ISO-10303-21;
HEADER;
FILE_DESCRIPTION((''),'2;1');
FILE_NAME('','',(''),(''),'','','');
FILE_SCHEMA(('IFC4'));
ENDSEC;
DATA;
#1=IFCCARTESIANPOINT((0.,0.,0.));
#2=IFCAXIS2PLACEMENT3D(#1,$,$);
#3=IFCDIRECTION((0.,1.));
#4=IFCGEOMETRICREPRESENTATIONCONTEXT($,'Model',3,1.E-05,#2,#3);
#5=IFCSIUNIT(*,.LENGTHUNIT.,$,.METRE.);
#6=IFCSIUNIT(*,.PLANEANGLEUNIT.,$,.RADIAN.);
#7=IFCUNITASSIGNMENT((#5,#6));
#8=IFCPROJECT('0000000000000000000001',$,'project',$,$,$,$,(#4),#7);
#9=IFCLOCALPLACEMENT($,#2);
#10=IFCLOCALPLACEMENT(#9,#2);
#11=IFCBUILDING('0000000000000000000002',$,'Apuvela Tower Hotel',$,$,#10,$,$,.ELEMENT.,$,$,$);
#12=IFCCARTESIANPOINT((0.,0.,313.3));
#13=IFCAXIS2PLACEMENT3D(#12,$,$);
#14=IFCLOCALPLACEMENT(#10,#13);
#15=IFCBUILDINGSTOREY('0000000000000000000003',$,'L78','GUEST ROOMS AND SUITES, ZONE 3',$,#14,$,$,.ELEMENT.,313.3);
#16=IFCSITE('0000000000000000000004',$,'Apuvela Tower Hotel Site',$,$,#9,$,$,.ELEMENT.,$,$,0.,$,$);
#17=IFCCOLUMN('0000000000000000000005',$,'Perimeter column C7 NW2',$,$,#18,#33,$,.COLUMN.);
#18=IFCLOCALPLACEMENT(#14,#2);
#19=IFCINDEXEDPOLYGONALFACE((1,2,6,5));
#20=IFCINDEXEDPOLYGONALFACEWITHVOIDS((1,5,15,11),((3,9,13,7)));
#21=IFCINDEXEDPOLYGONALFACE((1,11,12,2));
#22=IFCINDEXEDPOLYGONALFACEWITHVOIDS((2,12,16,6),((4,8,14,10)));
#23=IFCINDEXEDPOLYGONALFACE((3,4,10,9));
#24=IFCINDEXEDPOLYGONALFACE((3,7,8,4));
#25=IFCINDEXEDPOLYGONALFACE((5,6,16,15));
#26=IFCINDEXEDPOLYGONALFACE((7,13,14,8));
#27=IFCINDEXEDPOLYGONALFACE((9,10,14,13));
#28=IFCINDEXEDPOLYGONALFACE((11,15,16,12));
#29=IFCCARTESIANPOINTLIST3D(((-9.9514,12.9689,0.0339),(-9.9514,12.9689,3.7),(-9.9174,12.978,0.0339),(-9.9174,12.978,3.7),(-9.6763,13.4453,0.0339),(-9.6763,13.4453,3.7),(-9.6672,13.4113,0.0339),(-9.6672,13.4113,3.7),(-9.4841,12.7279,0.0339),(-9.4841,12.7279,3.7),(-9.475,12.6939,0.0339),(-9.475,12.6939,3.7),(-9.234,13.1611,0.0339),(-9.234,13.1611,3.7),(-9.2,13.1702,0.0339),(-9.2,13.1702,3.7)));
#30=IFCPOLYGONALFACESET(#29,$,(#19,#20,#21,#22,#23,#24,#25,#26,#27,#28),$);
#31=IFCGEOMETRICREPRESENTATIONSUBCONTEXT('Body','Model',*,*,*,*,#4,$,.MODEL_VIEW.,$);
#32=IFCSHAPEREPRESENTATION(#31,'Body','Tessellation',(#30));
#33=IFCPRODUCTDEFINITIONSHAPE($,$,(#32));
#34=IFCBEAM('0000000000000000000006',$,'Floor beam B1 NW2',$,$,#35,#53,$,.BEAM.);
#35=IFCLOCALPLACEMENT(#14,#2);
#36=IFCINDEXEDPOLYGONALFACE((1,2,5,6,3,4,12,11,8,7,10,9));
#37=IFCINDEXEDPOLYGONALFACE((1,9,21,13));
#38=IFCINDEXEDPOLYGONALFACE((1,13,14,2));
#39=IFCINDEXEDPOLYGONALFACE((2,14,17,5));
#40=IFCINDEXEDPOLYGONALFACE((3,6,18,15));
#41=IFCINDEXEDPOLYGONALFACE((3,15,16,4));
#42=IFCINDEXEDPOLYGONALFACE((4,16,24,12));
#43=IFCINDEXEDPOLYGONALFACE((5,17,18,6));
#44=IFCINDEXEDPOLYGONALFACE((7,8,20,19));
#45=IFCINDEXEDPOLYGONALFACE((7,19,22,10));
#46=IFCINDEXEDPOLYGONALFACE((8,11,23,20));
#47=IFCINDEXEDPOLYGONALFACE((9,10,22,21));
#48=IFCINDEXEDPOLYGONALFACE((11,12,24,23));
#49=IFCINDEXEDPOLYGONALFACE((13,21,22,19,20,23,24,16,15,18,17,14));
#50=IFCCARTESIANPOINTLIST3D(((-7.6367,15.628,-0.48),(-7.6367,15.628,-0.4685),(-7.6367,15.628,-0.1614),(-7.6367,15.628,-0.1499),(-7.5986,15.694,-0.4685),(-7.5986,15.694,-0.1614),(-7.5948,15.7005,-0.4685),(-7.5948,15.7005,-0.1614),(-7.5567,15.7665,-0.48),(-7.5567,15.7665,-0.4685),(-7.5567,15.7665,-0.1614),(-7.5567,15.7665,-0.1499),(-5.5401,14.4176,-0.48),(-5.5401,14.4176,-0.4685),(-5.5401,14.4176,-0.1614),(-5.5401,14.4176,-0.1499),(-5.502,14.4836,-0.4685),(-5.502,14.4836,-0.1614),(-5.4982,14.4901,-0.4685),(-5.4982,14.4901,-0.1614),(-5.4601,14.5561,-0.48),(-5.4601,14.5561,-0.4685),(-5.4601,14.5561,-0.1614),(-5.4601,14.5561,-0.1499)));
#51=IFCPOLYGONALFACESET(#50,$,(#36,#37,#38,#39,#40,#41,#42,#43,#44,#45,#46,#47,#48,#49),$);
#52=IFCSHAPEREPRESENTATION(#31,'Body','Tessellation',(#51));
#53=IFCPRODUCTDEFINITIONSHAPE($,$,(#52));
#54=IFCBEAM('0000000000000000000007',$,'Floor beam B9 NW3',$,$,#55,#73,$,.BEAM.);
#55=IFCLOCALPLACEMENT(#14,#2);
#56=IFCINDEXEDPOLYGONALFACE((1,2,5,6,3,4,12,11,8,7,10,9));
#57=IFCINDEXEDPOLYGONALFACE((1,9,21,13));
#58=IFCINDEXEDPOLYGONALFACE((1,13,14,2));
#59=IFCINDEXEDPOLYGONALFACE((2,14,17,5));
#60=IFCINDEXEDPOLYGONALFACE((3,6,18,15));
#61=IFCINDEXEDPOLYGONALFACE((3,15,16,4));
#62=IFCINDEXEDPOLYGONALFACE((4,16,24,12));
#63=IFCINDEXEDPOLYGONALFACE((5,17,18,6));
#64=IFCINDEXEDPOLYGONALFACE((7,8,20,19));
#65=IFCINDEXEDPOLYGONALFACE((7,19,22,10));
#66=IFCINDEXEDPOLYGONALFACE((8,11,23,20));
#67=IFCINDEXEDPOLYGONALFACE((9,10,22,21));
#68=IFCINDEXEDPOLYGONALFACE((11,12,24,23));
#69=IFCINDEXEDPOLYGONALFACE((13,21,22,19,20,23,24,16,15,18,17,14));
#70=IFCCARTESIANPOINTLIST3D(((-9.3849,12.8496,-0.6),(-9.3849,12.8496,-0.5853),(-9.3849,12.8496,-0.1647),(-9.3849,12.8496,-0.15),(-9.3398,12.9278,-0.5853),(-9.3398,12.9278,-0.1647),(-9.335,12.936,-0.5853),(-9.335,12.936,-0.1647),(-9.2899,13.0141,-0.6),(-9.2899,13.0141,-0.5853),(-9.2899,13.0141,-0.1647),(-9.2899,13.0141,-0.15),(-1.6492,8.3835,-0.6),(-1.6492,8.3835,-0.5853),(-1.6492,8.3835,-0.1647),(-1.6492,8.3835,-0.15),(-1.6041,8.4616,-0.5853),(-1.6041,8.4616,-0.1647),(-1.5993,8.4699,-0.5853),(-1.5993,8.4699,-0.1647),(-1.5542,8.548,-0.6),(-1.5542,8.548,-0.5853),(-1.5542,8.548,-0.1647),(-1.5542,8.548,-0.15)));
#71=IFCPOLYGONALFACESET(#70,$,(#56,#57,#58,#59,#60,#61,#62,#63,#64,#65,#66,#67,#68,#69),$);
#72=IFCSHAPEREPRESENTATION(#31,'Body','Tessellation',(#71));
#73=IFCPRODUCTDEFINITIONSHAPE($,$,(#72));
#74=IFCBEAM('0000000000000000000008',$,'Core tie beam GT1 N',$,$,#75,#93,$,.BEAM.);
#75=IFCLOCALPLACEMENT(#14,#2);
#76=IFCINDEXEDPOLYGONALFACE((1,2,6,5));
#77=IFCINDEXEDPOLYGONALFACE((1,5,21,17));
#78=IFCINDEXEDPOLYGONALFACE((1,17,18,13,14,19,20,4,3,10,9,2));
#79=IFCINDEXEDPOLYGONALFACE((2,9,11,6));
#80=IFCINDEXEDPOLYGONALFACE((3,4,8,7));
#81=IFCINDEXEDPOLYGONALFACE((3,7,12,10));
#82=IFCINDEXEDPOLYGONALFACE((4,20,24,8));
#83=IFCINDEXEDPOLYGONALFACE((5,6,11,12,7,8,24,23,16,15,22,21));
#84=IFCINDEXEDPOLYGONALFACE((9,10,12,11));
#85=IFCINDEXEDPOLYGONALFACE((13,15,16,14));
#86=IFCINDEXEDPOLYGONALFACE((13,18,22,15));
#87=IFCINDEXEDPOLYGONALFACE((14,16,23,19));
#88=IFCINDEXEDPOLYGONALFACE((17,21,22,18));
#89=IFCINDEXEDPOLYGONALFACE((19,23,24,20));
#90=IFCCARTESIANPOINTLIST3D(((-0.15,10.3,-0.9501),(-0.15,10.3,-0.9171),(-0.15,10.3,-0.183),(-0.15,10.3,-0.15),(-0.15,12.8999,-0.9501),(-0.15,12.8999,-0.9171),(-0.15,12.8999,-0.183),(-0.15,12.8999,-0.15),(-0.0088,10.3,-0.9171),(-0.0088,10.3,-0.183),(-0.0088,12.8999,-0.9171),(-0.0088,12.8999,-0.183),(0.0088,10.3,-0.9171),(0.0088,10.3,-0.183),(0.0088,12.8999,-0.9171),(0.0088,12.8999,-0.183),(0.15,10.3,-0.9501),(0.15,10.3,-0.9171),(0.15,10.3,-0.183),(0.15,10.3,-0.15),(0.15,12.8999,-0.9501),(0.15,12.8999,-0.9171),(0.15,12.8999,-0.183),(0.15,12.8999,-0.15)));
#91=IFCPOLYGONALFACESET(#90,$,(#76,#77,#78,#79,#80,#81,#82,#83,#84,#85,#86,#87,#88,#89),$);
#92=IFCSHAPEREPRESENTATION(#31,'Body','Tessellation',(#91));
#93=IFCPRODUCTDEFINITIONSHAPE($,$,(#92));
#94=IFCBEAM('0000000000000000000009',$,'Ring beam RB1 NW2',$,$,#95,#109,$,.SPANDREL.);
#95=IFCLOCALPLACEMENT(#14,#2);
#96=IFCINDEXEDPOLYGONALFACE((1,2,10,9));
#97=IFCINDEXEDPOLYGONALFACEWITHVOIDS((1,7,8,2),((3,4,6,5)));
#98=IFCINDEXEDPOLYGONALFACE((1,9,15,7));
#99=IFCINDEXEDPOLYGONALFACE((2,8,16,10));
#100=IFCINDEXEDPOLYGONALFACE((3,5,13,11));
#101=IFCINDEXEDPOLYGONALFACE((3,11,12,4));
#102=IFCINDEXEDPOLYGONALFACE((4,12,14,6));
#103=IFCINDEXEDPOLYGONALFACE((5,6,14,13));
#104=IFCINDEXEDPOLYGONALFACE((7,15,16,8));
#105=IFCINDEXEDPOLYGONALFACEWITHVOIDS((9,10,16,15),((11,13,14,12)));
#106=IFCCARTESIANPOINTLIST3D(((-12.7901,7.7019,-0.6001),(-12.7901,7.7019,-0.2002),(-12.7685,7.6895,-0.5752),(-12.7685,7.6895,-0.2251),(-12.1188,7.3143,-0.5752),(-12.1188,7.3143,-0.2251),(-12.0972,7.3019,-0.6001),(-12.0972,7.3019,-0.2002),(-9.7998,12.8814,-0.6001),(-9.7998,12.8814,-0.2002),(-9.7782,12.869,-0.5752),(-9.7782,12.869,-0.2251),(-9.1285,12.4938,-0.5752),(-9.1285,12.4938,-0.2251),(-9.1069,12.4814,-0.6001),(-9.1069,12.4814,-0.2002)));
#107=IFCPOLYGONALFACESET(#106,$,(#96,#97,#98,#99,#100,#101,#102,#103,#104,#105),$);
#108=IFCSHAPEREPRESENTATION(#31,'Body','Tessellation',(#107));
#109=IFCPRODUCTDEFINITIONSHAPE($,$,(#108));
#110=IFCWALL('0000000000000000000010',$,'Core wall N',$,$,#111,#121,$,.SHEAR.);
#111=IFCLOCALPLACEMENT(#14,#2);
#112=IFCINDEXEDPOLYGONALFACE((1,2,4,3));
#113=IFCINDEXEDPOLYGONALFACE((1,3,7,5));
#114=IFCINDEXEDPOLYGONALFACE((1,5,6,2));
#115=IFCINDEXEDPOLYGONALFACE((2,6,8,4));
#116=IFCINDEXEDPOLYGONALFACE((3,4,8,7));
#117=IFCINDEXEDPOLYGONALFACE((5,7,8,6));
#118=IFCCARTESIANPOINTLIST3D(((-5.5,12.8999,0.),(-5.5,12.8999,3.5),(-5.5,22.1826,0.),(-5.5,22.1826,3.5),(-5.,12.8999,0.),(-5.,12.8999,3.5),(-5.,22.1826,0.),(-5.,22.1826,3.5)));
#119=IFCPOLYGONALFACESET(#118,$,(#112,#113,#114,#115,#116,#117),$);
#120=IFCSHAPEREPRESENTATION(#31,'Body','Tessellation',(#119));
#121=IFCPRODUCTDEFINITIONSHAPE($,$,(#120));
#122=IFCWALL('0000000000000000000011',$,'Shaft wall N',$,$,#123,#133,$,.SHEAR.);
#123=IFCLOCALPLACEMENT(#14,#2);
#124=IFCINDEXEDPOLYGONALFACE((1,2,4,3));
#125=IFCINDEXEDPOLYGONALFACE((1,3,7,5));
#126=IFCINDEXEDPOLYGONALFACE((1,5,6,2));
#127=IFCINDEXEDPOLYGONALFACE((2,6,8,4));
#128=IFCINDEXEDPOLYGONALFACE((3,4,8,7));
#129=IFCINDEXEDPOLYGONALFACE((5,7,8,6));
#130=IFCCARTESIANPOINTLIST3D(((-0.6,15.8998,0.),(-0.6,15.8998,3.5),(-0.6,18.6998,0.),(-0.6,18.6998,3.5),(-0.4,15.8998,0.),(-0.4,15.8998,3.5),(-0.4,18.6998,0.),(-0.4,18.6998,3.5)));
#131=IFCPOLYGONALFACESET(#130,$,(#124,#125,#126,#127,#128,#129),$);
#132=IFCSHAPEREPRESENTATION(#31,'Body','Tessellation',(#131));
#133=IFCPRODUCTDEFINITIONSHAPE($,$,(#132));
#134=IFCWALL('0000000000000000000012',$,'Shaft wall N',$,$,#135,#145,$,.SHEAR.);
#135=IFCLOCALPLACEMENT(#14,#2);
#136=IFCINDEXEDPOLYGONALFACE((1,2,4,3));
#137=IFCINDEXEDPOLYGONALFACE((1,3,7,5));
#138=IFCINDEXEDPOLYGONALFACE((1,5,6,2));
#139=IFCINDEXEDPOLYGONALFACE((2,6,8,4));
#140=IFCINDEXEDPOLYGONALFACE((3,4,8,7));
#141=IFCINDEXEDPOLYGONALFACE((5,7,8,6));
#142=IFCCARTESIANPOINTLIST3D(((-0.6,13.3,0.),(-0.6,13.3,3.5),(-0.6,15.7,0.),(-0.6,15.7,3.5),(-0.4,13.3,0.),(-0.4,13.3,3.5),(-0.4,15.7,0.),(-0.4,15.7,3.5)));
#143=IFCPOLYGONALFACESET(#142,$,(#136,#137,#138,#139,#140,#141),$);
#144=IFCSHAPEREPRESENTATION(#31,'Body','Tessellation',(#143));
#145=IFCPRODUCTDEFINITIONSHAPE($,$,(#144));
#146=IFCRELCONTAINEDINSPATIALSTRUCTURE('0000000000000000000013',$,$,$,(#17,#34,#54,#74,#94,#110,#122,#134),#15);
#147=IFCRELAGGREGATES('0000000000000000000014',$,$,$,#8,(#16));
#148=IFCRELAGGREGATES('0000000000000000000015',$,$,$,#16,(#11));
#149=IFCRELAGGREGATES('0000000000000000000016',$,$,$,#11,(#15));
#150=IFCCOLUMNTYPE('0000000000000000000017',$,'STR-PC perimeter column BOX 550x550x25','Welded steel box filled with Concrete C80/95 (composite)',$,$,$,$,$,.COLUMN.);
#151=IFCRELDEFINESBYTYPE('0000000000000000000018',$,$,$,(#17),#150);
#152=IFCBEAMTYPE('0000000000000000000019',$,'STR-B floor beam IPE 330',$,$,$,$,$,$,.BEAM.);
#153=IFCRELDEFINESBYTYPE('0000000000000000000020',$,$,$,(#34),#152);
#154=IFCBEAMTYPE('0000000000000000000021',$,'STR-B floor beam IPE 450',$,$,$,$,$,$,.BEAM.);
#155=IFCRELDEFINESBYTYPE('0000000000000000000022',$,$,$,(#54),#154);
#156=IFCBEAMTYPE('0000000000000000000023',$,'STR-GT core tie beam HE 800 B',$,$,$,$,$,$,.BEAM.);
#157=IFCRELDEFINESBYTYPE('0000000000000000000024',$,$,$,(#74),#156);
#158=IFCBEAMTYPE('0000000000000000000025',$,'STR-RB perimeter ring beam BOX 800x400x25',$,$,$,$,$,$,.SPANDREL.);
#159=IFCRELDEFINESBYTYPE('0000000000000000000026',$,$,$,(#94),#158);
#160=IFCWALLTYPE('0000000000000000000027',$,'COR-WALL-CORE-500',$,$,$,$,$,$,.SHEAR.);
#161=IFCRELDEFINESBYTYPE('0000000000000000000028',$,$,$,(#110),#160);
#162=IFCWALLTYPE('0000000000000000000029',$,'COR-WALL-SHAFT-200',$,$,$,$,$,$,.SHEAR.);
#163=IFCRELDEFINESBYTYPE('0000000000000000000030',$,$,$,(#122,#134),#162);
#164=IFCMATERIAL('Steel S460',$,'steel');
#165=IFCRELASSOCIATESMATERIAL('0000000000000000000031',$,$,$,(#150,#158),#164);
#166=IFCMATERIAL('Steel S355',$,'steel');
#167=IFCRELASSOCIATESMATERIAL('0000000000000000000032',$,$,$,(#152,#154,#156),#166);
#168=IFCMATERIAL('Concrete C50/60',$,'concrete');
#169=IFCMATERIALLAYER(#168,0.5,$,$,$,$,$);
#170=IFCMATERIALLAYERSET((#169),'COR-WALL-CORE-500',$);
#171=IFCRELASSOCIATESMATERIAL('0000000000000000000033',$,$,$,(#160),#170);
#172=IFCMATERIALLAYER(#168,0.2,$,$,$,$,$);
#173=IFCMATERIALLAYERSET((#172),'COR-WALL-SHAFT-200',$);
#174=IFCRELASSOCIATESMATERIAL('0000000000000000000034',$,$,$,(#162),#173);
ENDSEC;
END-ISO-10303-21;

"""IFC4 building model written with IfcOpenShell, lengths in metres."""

from ifc_helpers import new_model, si_unit, direction, frame, frame_2d, origin, origin_2d, place, context, subcontext, project, spatial, rectangle, hollow_rectangle, i_section, extrude, boolean, halfspace, material, layer, layer_set, material_profile, profile_set, type_object, element, save


model = new_model("IFC4")

# Units and contexts
model_context = context("Model", 3, precision=1e-05, world=origin(), true_north=direction((0.0, 1.0)))
body_context = subcontext(model_context, "Body", "Model", "MODEL_VIEW")
ifc_project = project(units=[si_unit("LENGTHUNIT", "METRE"), si_unit("PLANEANGLEUNIT", "RADIAN")], contexts=[model_context])

# Site, building, storey
site_placement = place(None, origin())
site = spatial("IfcSite", under=ifc_project, at=site_placement, Name="Apuvela Tower Hotel Site", CompositionType="ELEMENT", RefElevation=0.0)
building_placement = place(site_placement, origin())
building = spatial("IfcBuilding", under=site, at=building_placement, Name="Apuvela Tower Hotel", CompositionType="ELEMENT")
storey_placement = place(building_placement, frame((0.0, 0.0, 313.3)))
storey = spatial("IfcBuildingStorey", under=building, at=storey_placement, Name="L78", Description="GUEST ROOMS AND SUITES, ZONE 3", CompositionType="ELEMENT", Elevation=313.3)

# Column
ifc_material_1 = material(Name="Steel S460", Category="steel")
ifc_material_profile_1 = material_profile(ifc_material_1, hollow_rectangle(XDim=0.55, YDim=0.55, WallThickness=0.0249, at=origin_2d()), Name="BOX 550x550x25")
ifc_material_2 = material(Name="Concrete C80/95", Category="concrete")
ifc_material_profile_2 = material_profile(ifc_material_2, rectangle(XDim=0.5, YDim=0.5, at=origin_2d()), Name="Concrete C80/95 infill")
ifc_profile_set_1 = profile_set([ifc_material_profile_1, ifc_material_profile_2], Name="Steel S460")
column_type = type_object("IfcColumnType", Name="STR-PC perimeter column BOX 550x550x25", Description="Welded steel box filled with Concrete C80/95 (composite)", PredefinedType="COLUMN", material=ifc_profile_set_1)
column_placement = place(storey_placement, frame((-9.5757, 13.0696, 0.0), z_axis=(0.0, 0.0, 1.0), x_axis=(0.5, 0.866025, 0.0)))
element("IfcColumn", 1, at=column_placement, inside=storey, type_object=column_type, Name="Perimeter column C7 NW2", PredefinedType="COLUMN", context=body_context, shape_type="SweptSolid", body=[
    boolean("DIFFERENCE", extrude(hollow_rectangle(XDim=0.55, YDim=0.55, WallThickness=0.0249, at=origin_2d()), origin(), (0.0, 0.0, 1.0), 3.7), halfspace(frame((0.0, 0.0, 0.0339), z_axis=(0.0, 0.0, 1.0), x_axis=(1.0, 0.0, 0.0)), True)),
])

# Beams
ifc_material_3 = material(Name="Steel S355", Category="steel")
ifc_material_profile_3 = material_profile(ifc_material_3, i_section(OverallWidth=0.1599, OverallDepth=0.3301, WebThickness=0.0076, FlangeThickness=0.0115, at=origin_2d()), Name="IPE 330")
ifc_profile_set_2 = profile_set([ifc_material_profile_3], Name="Steel S355")
beam_type_1 = type_object("IfcBeamType", Name="STR-B floor beam IPE 330", PredefinedType="BEAM", material=ifc_profile_set_2)
beam_1_placement = place(storey_placement, frame((-7.5967, 15.6973, -0.3149), z_axis=(0.866038, -0.499979, 0.0), x_axis=(0.499979, 0.866038, 0.0)))
element("IfcBeam", 2, at=beam_1_placement, inside=storey, type_object=beam_type_1, Name="Floor beam B1 NW2", PredefinedType="BEAM", context=body_context, shape_type="SweptSolid", body=[
    extrude(i_section(OverallWidth=0.1599, OverallDepth=0.3301, WebThickness=0.0076, FlangeThickness=0.0115, at=origin_2d()), origin(), (0.0, 0.0, 1.0), 2.4209),
])
ifc_material_profile_4 = material_profile(ifc_material_3, i_section(OverallWidth=0.1899, OverallDepth=0.45, WebThickness=0.0095, FlangeThickness=0.0146, at=origin_2d()), Name="IPE 450")
ifc_profile_set_3 = profile_set([ifc_material_profile_4], Name="Steel S355")
beam_type_2 = type_object("IfcBeamType", Name="STR-B floor beam IPE 450", PredefinedType="BEAM", material=ifc_profile_set_3)
beam_2_placement = place(storey_placement, frame((-9.3374, 12.9319, -0.375), z_axis=(0.866029, -0.499993, 0.0), x_axis=(0.499993, 0.866029, 0.0)))
element("IfcBeam", 3, at=beam_2_placement, inside=storey, type_object=beam_type_2, Name="Floor beam B9 NW3", PredefinedType="BEAM", context=body_context, shape_type="SweptSolid", body=[
    extrude(i_section(OverallWidth=0.1899, OverallDepth=0.45, WebThickness=0.0095, FlangeThickness=0.0146, at=origin_2d()), origin(), (0.0, 0.0, 1.0), 8.9324),
])
ifc_material_profile_5 = material_profile(ifc_material_3, i_section(OverallWidth=0.3, OverallDepth=0.8, WebThickness=0.0176, FlangeThickness=0.033, at=origin_2d()), Name="HE 800 B")
ifc_profile_set_4 = profile_set([ifc_material_profile_5], Name="Steel S355")
beam_type_3 = type_object("IfcBeamType", Name="STR-GT core tie beam HE 800 B", PredefinedType="BEAM", material=ifc_profile_set_4)
beam_3_placement = place(storey_placement, frame((0.0, 12.8999, -0.55), z_axis=(0.0, -1.0, 0.0), x_axis=(1.0, 0.0, 0.0)))
element("IfcBeam", 4, at=beam_3_placement, inside=storey, type_object=beam_type_3, Name="Core tie beam GT1 N", PredefinedType="BEAM", context=body_context, shape_type="SweptSolid", body=[
    extrude(i_section(OverallWidth=0.3, OverallDepth=0.8, WebThickness=0.0176, FlangeThickness=0.033, at=origin_2d()), origin(), (0.0, 0.0, 1.0), 2.5999),
])
ifc_material_profile_6 = material_profile(ifc_material_1, hollow_rectangle(XDim=0.8, YDim=0.3999, WallThickness=0.0249, at=origin_2d()), Name="BOX 800x400x25")
ifc_profile_set_5 = profile_set([ifc_material_profile_6], Name="Steel S460")
beam_type_4 = type_object("IfcBeamType", Name="STR-RB perimeter ring beam BOX 800x400x25", PredefinedType="SPANDREL", material=ifc_profile_set_5)
beam_4_placement = place(storey_placement, frame((-9.4534, 12.6814, -0.4001), z_axis=(-0.499985, -0.866034, 0.0), x_axis=(0.866034, -0.499985, 0.0)))
element("IfcBeam", 5, at=beam_4_placement, inside=storey, type_object=beam_type_4, Name="Ring beam RB1 NW2", PredefinedType="SPANDREL", context=body_context, shape_type="SweptSolid", body=[
    extrude(hollow_rectangle(XDim=0.8, YDim=0.3999, WallThickness=0.0249, at=origin_2d()), origin(), (0.0, 0.0, 1.0), 5.9807),
])

# Walls
ifc_material_4 = material(Name="Concrete C50/60", Category="concrete")
ifc_layer_1 = layer(ifc_material_4, 0.5)
ifc_layer_set_1 = layer_set([ifc_layer_1], Name="COR-WALL-CORE-500")
wall_type_1 = type_object("IfcWallType", Name="COR-WALL-CORE-500", PredefinedType="SHEAR", material=ifc_layer_set_1)
wall_1_placement = place(storey_placement, frame((-5.25, 12.8999, 0.0), z_axis=(0.0, 0.0, 1.0), x_axis=(0.0, 1.0, 0.0)))
element("IfcWall", 6, at=wall_1_placement, inside=storey, type_object=wall_type_1, Name="Core wall N", PredefinedType="SHEAR", context=body_context, shape_type="SweptSolid", body=[
    extrude(rectangle(XDim=9.2827, YDim=0.5, at=frame_2d((4.6414, 0.0))), origin(), (0.0, 0.0, 1.0), 3.5),
])
ifc_layer_2 = layer(ifc_material_4, 0.2)
ifc_layer_set_2 = layer_set([ifc_layer_2], Name="COR-WALL-SHAFT-200")
wall_type_2 = type_object("IfcWallType", Name="COR-WALL-SHAFT-200", PredefinedType="SHEAR", material=ifc_layer_set_2)
wall_2_placement = place(storey_placement, frame((-0.5, 15.8999, 0.0), z_axis=(0.0, 0.0, 1.0), x_axis=(0.0, 1.0, 0.0)))
element("IfcWall", 7, at=wall_2_placement, inside=storey, type_object=wall_type_2, Name="Shaft wall N", PredefinedType="SHEAR", context=body_context, shape_type="SweptSolid", body=[
    extrude(rectangle(XDim=2.8, YDim=0.2, at=frame_2d((1.3999, 0.0))), origin(), (0.0, 0.0, 1.0), 3.5),
])
wall_3_placement = place(storey_placement, frame((-0.5, 13.3, 0.0), z_axis=(0.0, 0.0, 1.0), x_axis=(0.0, 1.0, 0.0)))
element("IfcWall", 8, at=wall_3_placement, inside=storey, type_object=wall_type_2, Name="Shaft wall N", PredefinedType="SHEAR", context=body_context, shape_type="SweptSolid", body=[
    extrude(rectangle(XDim=2.3999, YDim=0.2, at=frame_2d((1.2, 0.0))), origin(), (0.0, 0.0, 1.0), 3.5),
])

save(model, "model.ifc")
